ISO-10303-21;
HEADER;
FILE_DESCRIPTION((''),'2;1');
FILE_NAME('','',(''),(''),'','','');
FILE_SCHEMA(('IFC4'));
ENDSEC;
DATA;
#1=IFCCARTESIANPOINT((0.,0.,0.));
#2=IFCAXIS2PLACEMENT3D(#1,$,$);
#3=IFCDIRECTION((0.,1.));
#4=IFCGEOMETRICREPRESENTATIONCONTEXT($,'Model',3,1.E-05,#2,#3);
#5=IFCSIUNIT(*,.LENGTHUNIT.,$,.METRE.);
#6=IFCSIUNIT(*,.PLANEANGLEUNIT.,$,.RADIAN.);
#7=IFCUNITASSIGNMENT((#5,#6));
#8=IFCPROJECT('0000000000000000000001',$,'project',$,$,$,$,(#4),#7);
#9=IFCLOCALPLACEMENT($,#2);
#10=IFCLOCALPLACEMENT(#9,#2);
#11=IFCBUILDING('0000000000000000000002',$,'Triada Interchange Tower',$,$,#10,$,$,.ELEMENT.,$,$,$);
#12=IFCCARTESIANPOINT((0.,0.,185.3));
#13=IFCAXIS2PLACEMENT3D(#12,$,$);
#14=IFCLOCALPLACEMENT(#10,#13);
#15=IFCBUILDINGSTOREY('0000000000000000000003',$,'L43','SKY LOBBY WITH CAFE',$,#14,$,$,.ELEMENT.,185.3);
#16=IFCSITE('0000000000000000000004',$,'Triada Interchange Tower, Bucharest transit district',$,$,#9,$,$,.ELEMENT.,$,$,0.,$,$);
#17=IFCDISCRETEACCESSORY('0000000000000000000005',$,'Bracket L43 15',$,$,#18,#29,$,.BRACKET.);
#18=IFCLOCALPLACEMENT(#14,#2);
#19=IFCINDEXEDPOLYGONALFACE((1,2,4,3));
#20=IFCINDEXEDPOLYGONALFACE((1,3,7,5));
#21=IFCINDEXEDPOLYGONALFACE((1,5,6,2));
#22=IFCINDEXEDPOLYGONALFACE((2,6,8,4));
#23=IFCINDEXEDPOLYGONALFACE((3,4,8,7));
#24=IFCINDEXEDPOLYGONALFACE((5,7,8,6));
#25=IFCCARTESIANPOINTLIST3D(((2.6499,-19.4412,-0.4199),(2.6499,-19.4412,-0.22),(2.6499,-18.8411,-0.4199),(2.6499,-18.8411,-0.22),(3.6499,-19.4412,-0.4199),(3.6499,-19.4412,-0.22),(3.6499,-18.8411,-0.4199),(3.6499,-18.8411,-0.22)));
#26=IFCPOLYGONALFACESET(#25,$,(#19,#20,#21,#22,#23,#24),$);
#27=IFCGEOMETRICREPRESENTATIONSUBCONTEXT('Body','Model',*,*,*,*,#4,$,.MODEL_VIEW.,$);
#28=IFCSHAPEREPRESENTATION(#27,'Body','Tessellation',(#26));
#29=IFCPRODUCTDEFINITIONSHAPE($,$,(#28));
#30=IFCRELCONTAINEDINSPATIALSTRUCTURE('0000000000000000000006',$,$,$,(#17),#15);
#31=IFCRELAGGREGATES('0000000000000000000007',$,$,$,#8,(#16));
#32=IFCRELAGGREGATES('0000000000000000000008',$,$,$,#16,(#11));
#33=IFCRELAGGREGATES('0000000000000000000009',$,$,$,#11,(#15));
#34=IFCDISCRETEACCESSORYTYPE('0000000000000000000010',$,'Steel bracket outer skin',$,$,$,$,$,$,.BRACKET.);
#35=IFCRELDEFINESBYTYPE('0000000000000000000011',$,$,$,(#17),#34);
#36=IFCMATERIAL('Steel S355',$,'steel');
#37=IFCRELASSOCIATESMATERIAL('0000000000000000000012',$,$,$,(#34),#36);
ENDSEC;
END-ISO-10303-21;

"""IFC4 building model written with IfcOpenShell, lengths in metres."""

from ifc_helpers import new_model, si_unit, direction, frame, origin, origin_2d, place, context, subcontext, project, spatial, rectangle, extrude, material, type_object, element, save


model = new_model("IFC4")

# Units and contexts
model_context = context("Model", 3, precision=1e-05, world=origin(), true_north=direction((0.0, 1.0)))
body_context = subcontext(model_context, "Body", "Model", "MODEL_VIEW")
ifc_project = project(units=[si_unit("LENGTHUNIT", "METRE"), si_unit("PLANEANGLEUNIT", "RADIAN")], contexts=[model_context])

# Site, building, storey
site_placement = place(None, origin())
site = spatial("IfcSite", under=ifc_project, at=site_placement, Name="Triada Interchange Tower, Bucharest transit district", CompositionType="ELEMENT", RefElevation=0.0)
building_placement = place(site_placement, origin())
building = spatial("IfcBuilding", under=site, at=building_placement, Name="Triada Interchange Tower", CompositionType="ELEMENT")
storey_placement = place(building_placement, frame((0.0, 0.0, 185.3)))
storey = spatial("IfcBuildingStorey", under=building, at=storey_placement, Name="L43", Description="SKY LOBBY WITH CAFE", CompositionType="ELEMENT", Elevation=185.3)

# Discrete accessory
ifc_material_1 = material(Name="Steel S355", Category="steel")
discrete_accessory_type = type_object("IfcDiscreteAccessoryType", Name="Steel bracket outer skin", PredefinedType="BRACKET", material=ifc_material_1)
discrete_accessory_placement = place(storey_placement, frame((3.1499, -19.1411, -0.4199), z_axis=(0.0, 0.0, 1.0), x_axis=(0.0, -1.0, 0.0)))
element("IfcDiscreteAccessory", 1, at=discrete_accessory_placement, inside=storey, type_object=discrete_accessory_type, Name="Bracket L43 15", PredefinedType="BRACKET", context=body_context, shape_type="SweptSolid", body=[
    extrude(rectangle(XDim=0.6001, YDim=1.0, at=origin_2d()), origin(), (0.0, 0.0, 1.0), 0.2),
])

save(model, "model.ifc")
